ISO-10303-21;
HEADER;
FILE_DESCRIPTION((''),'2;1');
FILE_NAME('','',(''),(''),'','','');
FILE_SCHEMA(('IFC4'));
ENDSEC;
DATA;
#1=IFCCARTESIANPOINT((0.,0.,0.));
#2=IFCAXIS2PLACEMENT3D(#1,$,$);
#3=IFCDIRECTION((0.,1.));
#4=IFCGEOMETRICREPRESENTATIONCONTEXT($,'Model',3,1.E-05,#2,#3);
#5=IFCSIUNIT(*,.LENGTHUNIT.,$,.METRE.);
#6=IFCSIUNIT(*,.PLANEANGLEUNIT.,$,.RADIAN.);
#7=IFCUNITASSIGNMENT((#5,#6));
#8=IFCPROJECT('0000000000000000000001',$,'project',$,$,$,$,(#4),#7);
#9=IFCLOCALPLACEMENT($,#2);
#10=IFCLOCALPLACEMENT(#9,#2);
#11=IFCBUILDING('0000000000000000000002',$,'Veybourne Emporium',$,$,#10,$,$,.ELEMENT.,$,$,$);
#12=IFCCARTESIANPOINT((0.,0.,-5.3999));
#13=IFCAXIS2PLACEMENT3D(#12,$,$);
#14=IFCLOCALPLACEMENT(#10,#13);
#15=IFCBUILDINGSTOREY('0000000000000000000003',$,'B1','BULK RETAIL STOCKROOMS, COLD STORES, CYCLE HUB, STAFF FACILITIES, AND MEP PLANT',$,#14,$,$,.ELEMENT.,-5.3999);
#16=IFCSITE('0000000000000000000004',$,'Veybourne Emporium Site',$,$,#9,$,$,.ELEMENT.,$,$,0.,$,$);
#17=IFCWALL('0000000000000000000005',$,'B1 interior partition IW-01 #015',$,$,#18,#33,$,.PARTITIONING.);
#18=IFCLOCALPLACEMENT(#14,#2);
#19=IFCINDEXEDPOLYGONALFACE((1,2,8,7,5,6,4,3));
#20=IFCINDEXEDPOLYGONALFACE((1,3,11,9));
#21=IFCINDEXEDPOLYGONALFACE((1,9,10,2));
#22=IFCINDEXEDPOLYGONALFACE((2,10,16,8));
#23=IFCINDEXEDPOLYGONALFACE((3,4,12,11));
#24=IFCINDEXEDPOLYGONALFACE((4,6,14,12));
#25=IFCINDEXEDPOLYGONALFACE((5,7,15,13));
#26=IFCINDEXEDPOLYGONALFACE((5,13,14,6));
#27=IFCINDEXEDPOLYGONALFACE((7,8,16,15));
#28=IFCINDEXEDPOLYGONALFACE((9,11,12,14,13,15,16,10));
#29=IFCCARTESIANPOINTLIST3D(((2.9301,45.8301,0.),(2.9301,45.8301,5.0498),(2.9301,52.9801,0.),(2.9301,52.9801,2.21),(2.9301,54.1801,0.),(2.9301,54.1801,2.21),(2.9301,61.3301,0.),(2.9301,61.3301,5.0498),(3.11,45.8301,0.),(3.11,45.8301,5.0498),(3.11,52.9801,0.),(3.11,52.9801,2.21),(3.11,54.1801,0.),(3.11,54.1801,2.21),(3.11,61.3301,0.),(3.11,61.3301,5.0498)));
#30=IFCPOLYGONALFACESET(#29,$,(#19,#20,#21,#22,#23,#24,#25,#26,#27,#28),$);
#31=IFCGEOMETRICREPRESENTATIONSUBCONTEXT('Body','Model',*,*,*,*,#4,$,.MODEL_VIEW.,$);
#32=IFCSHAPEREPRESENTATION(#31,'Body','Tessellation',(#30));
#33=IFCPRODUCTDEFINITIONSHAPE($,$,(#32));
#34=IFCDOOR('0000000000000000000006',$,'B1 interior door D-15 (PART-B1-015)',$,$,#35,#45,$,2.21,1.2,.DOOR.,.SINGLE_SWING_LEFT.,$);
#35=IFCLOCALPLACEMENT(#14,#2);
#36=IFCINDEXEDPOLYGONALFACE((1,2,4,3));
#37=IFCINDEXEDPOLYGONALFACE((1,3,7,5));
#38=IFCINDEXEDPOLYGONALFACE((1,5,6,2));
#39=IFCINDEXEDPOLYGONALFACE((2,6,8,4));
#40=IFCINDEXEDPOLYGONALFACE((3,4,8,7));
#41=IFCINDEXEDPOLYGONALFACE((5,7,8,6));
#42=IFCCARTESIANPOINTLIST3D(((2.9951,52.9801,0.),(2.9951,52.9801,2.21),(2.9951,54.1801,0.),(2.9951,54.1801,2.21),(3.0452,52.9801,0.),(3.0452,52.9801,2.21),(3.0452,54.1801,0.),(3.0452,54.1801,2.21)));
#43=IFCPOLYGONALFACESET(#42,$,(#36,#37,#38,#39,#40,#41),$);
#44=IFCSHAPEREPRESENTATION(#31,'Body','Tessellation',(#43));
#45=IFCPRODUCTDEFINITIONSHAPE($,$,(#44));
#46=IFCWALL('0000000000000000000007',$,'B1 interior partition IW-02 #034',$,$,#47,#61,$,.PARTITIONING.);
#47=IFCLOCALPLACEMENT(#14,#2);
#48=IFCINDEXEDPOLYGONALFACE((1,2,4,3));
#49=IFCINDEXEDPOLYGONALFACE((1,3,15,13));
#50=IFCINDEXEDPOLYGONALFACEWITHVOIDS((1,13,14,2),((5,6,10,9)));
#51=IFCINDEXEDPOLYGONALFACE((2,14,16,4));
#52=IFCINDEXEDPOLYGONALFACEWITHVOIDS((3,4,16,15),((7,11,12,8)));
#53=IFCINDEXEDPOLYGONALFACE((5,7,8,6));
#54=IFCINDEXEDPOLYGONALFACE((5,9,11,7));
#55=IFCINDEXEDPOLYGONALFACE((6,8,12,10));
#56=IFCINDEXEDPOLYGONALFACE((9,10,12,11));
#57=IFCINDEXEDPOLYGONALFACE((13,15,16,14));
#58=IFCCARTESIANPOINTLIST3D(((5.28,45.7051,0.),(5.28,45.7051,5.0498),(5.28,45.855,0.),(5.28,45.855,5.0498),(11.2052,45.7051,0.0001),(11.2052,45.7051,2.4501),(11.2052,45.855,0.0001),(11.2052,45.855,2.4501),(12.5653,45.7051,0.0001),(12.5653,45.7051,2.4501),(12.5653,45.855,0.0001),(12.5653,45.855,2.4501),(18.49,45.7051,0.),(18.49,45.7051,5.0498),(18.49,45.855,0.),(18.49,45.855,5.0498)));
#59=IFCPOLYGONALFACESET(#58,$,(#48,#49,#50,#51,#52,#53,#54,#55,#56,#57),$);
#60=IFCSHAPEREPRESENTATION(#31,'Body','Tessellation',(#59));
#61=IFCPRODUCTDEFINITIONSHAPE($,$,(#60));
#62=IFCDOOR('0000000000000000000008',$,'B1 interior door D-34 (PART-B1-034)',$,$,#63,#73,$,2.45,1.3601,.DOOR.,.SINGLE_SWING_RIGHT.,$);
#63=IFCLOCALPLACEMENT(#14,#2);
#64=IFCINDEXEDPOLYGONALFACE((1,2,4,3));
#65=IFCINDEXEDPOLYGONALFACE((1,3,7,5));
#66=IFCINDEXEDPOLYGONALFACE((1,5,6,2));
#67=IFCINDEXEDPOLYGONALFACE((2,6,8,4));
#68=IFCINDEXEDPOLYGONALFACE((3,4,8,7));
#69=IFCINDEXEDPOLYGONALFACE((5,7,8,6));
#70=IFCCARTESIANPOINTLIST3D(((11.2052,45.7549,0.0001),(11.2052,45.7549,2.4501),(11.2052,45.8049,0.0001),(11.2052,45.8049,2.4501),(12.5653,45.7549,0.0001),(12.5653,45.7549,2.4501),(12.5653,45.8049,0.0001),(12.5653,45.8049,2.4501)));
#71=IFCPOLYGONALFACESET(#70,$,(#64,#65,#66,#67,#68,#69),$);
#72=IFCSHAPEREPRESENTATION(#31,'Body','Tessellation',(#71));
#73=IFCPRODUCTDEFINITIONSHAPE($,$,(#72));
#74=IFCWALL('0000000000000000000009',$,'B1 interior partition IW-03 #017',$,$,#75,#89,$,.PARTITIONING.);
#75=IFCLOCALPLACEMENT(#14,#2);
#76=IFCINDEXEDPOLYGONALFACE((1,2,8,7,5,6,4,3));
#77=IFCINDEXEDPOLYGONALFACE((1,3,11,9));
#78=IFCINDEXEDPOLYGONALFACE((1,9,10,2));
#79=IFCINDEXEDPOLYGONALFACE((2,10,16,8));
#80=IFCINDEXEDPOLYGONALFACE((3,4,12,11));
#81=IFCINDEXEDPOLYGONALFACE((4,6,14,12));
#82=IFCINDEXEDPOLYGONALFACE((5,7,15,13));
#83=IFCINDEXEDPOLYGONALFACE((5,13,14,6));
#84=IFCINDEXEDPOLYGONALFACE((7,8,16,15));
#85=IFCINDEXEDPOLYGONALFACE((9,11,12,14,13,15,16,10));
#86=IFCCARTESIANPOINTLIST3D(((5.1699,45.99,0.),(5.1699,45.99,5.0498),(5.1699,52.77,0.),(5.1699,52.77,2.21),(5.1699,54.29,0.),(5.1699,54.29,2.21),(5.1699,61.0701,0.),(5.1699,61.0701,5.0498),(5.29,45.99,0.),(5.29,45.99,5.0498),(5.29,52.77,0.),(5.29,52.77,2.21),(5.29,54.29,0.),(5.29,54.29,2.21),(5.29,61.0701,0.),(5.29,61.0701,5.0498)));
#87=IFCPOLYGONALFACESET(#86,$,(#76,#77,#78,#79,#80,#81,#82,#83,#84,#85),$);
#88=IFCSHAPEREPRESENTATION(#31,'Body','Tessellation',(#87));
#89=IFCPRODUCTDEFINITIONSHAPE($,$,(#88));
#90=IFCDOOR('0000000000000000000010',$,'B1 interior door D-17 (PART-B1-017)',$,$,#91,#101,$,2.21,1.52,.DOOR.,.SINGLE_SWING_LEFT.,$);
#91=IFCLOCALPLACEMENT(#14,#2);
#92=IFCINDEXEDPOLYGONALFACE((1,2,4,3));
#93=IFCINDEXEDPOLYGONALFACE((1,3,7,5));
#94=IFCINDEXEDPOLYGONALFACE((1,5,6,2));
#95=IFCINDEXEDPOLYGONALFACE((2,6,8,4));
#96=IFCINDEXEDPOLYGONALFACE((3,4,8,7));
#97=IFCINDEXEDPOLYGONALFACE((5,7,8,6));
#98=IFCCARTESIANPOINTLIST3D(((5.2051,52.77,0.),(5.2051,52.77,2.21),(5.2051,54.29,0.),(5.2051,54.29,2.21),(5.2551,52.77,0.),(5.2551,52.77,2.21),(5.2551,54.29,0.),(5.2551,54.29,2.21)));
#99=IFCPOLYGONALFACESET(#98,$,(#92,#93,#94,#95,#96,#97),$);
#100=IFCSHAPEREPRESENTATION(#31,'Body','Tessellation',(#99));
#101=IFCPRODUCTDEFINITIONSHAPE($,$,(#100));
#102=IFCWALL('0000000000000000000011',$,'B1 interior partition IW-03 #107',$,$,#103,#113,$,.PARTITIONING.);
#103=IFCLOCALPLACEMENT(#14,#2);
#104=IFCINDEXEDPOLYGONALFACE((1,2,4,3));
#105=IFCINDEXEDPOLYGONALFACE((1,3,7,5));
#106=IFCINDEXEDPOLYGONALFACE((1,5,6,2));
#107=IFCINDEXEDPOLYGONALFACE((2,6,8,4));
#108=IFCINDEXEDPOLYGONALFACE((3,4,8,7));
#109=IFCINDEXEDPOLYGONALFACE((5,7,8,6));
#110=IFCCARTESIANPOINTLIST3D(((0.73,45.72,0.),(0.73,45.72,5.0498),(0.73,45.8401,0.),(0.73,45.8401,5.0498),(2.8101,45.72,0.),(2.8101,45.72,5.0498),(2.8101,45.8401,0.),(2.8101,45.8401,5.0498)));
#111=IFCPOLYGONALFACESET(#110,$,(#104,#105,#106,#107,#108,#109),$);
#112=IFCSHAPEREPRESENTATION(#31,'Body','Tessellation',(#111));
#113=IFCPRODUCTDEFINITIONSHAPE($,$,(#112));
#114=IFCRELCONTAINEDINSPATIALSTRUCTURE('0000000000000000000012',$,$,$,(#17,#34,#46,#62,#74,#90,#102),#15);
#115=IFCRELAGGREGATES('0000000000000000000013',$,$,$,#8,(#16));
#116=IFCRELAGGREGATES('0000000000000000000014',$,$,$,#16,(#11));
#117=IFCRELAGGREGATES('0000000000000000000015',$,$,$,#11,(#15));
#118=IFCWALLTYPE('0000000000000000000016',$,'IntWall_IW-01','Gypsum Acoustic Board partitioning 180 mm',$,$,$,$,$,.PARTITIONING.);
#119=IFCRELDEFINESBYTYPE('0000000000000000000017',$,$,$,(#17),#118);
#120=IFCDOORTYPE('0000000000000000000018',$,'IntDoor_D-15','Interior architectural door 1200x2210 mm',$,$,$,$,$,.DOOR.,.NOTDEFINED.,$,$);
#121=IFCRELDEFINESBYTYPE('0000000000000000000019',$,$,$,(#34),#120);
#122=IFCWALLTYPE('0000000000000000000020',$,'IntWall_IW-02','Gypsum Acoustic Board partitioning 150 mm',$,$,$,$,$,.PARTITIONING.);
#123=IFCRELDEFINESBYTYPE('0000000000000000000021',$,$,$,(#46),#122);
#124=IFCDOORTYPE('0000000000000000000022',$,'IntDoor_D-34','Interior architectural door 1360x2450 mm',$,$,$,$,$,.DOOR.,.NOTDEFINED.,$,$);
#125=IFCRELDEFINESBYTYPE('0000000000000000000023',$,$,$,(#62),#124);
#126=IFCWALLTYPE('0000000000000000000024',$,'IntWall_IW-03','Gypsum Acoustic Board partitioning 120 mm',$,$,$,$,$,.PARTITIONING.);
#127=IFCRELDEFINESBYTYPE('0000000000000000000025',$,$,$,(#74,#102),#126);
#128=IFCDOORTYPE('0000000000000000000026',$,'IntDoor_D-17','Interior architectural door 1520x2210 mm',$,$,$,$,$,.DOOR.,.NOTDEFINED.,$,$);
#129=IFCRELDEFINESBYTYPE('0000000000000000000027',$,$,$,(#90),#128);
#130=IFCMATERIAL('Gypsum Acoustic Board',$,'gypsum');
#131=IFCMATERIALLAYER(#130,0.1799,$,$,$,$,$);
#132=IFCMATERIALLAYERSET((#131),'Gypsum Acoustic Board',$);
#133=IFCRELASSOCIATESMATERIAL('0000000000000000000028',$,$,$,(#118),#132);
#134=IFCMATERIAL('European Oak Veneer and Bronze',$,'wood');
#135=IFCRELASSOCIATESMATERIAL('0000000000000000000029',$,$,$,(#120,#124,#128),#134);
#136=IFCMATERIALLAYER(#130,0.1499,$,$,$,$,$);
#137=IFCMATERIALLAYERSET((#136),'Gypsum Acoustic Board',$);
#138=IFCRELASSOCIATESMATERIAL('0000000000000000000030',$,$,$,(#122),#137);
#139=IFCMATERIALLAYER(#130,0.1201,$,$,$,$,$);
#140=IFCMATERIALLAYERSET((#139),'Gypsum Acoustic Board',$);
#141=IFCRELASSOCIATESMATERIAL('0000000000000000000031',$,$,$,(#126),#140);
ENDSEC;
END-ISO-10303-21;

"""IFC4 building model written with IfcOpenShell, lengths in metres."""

from ifc_helpers import new_model, si_unit, direction, frame, frame_2d, origin, place, context, subcontext, project, spatial, rectangle, extrude, material, layer, layer_set, type_object, element, fill, save


model = new_model("IFC4")

# Units and contexts
model_context = context("Model", 3, precision=1e-05, world=origin(), true_north=direction((0.0, 1.0)))
body_context = subcontext(model_context, "Body", "Model", "MODEL_VIEW")
ifc_project = project(units=[si_unit("LENGTHUNIT", "METRE"), si_unit("PLANEANGLEUNIT", "RADIAN")], contexts=[model_context])

# Site, building, storey
site_placement = place(None, origin())
site = spatial("IfcSite", under=ifc_project, at=site_placement, Name="Veybourne Emporium Site", CompositionType="ELEMENT", RefElevation=0.0)
building_placement = place(site_placement, origin())
building = spatial("IfcBuilding", under=site, at=building_placement, Name="Veybourne Emporium", CompositionType="ELEMENT")
storey_placement = place(building_placement, frame((0.0, 0.0, -5.3999)))
storey = spatial("IfcBuildingStorey", under=building, at=storey_placement, Name="B1", Description="BULK RETAIL STOCKROOMS, COLD STORES, CYCLE HUB, STAFF FACILITIES, AND MEP PLANT", CompositionType="ELEMENT", Elevation=-5.3999)

# Walls, openings, doors
ifc_material_1 = material(Name="Gypsum Acoustic Board", Category="gypsum")
ifc_layer_1 = layer(ifc_material_1, 0.1799)
ifc_layer_set_1 = layer_set([ifc_layer_1], Name="Gypsum Acoustic Board")
wall_type_1 = type_object("IfcWallType", Name="IntWall_IW-01", Description="Gypsum Acoustic Board partitioning 180 mm", PredefinedType="PARTITIONING", material=ifc_layer_set_1)
wall_1_placement = place(storey_placement, frame((3.02, 45.8301, 0.0), z_axis=(0.0, 0.0, 1.0), x_axis=(0.0, 1.0, 0.0)))
wall_1 = element("IfcWall", 1, at=wall_1_placement, inside=storey, type_object=wall_type_1, Name="B1 interior partition IW-01 #015", PredefinedType="PARTITIONING", context=body_context, shape_type="SweptSolid", body=[
    extrude(rectangle(XDim=15.5, YDim=0.1799, at=frame_2d((7.75, 0.0))), origin(), (0.0, 0.0, 1.0), 5.0498),
])
opening_1_placement = place(wall_1_placement, frame((7.1499, 0.0, 0.0)))
opening_1 = element("IfcOpeningElement", 2, at=opening_1_placement, cuts=wall_1, PredefinedType="OPENING", context=body_context, shape_type="SweptSolid", body=[
    extrude(rectangle(XDim=1.2, YDim=2.21, at=frame_2d((0.6001, 1.105))), frame((0.0, 0.1099, 0.0), z_axis=(0.0, -1.0, 0.0), x_axis=(1.0, 0.0, 0.0)), (0.0, 0.0, 1.0), 0.22),
])
ifc_material_2 = material(Name="European Oak Veneer and Bronze", Category="wood")
door_type_1 = type_object("IfcDoorType", Name="IntDoor_D-15", Description="Interior architectural door 1200x2210 mm", OperationType="NOTDEFINED", PredefinedType="DOOR", material=ifc_material_2)
door_1_placement = place(opening_1_placement, origin())
door_1 = element("IfcDoor", 3, at=door_1_placement, inside=storey, type_object=door_type_1, Name="B1 interior door D-15 (PART-B1-015)", OperationType="SINGLE_SWING_LEFT", OverallHeight=2.21, OverallWidth=1.2, PredefinedType="DOOR", context=body_context, shape_type="SweptSolid", body=[
    extrude(rectangle(XDim=1.2, YDim=2.21, at=frame_2d((0.6001, 1.105))), frame((0.0, 0.0249, 0.0), z_axis=(0.0, -1.0, 0.0), x_axis=(1.0, 0.0, 0.0)), (0.0, 0.0, 1.0), 0.05),
])
fill(opening_1, door_1)
ifc_layer_2 = layer(ifc_material_1, 0.1499)
ifc_layer_set_2 = layer_set([ifc_layer_2], Name="Gypsum Acoustic Board")
wall_type_2 = type_object("IfcWallType", Name="IntWall_IW-02", Description="Gypsum Acoustic Board partitioning 150 mm", PredefinedType="PARTITIONING", material=ifc_layer_set_2)
wall_2_placement = place(storey_placement, frame((5.28, 45.78, 0.0), z_axis=(0.0, 0.0, 1.0), x_axis=(1.0, 0.0, 0.0)))
wall_2 = element("IfcWall", 4, at=wall_2_placement, inside=storey, type_object=wall_type_2, Name="B1 interior partition IW-02 #034", PredefinedType="PARTITIONING", context=body_context, shape_type="SweptSolid", body=[
    extrude(rectangle(XDim=13.21, YDim=0.1499, at=frame_2d((6.605, 0.0))), origin(), (0.0, 0.0, 1.0), 5.0498),
])
opening_2_placement = place(wall_2_placement, frame((5.925, 0.0, 0.0)))
opening_2 = element("IfcOpeningElement", 5, at=opening_2_placement, cuts=wall_2, PredefinedType="OPENING", context=body_context, shape_type="SweptSolid", body=[
    extrude(rectangle(XDim=1.3601, YDim=2.45, at=frame_2d((0.6802, 1.2251))), frame((0.0, 0.095, 0.0), z_axis=(0.0, -1.0, 0.0), x_axis=(1.0, 0.0, 0.0)), (0.0, 0.0, 1.0), 0.1899),
])
door_type_2 = type_object("IfcDoorType", Name="IntDoor_D-34", Description="Interior architectural door 1360x2450 mm", OperationType="NOTDEFINED", PredefinedType="DOOR", material=ifc_material_2)
door_2_placement = place(opening_2_placement, origin())
door_2 = element("IfcDoor", 6, at=door_2_placement, inside=storey, type_object=door_type_2, Name="B1 interior door D-34 (PART-B1-034)", OperationType="SINGLE_SWING_RIGHT", OverallHeight=2.45, OverallWidth=1.3601, PredefinedType="DOOR", context=body_context, shape_type="SweptSolid", body=[
    extrude(rectangle(XDim=1.3601, YDim=2.45, at=frame_2d((0.6802, 1.2251))), frame((0.0, 0.0249, 0.0), z_axis=(0.0, -1.0, 0.0), x_axis=(1.0, 0.0, 0.0)), (0.0, 0.0, 1.0), 0.05),
])
fill(opening_2, door_2)
ifc_layer_3 = layer(ifc_material_1, 0.1201)
ifc_layer_set_3 = layer_set([ifc_layer_3], Name="Gypsum Acoustic Board")
wall_type_3 = type_object("IfcWallType", Name="IntWall_IW-03", Description="Gypsum Acoustic Board partitioning 120 mm", PredefinedType="PARTITIONING", material=ifc_layer_set_3)
wall_3_placement = place(storey_placement, frame((5.23, 45.99, 0.0), z_axis=(0.0, 0.0, 1.0), x_axis=(0.0, 1.0, 0.0)))
wall_3 = element("IfcWall", 7, at=wall_3_placement, inside=storey, type_object=wall_type_3, Name="B1 interior partition IW-03 #017", PredefinedType="PARTITIONING", context=body_context, shape_type="SweptSolid", body=[
    extrude(rectangle(XDim=15.0801, YDim=0.1201, at=frame_2d((7.54, 0.0))), origin(), (0.0, 0.0, 1.0), 5.0498),
])
opening_3_placement = place(wall_3_placement, frame((6.78, 0.0, 0.0)))
opening_3 = element("IfcOpeningElement", 8, at=opening_3_placement, cuts=wall_3, PredefinedType="OPENING", context=body_context, shape_type="SweptSolid", body=[
    extrude(rectangle(XDim=1.52, YDim=2.21, at=frame_2d((0.76, 1.105))), frame((0.0, 0.0801, 0.0), z_axis=(0.0, -1.0, 0.0), x_axis=(1.0, 0.0, 0.0)), (0.0, 0.0, 1.0), 0.1602),
])
door_type_3 = type_object("IfcDoorType", Name="IntDoor_D-17", Description="Interior architectural door 1520x2210 mm", OperationType="NOTDEFINED", PredefinedType="DOOR", material=ifc_material_2)
door_3_placement = place(opening_3_placement, origin())
door_3 = element("IfcDoor", 9, at=door_3_placement, inside=storey, type_object=door_type_3, Name="B1 interior door D-17 (PART-B1-017)", OperationType="SINGLE_SWING_LEFT", OverallHeight=2.21, OverallWidth=1.52, PredefinedType="DOOR", context=body_context, shape_type="SweptSolid", body=[
    extrude(rectangle(XDim=1.52, YDim=2.21, at=frame_2d((0.76, 1.105))), frame((0.0, 0.0249, 0.0), z_axis=(0.0, -1.0, 0.0), x_axis=(1.0, 0.0, 0.0)), (0.0, 0.0, 1.0), 0.05),
])
fill(opening_3, door_3)

# Wall
wall_4_placement = place(storey_placement, frame((0.73, 45.78, 0.0), z_axis=(0.0, 0.0, 1.0), x_axis=(1.0, 0.0, 0.0)))
element("IfcWall", 10, at=wall_4_placement, inside=storey, type_object=wall_type_3, Name="B1 interior partition IW-03 #107", PredefinedType="PARTITIONING", context=body_context, shape_type="SweptSolid", body=[
    extrude(rectangle(XDim=2.0801, YDim=0.1201, at=frame_2d((1.04, 0.0))), origin(), (0.0, 0.0, 1.0), 5.0498),
])

save(model, "model.ifc")
